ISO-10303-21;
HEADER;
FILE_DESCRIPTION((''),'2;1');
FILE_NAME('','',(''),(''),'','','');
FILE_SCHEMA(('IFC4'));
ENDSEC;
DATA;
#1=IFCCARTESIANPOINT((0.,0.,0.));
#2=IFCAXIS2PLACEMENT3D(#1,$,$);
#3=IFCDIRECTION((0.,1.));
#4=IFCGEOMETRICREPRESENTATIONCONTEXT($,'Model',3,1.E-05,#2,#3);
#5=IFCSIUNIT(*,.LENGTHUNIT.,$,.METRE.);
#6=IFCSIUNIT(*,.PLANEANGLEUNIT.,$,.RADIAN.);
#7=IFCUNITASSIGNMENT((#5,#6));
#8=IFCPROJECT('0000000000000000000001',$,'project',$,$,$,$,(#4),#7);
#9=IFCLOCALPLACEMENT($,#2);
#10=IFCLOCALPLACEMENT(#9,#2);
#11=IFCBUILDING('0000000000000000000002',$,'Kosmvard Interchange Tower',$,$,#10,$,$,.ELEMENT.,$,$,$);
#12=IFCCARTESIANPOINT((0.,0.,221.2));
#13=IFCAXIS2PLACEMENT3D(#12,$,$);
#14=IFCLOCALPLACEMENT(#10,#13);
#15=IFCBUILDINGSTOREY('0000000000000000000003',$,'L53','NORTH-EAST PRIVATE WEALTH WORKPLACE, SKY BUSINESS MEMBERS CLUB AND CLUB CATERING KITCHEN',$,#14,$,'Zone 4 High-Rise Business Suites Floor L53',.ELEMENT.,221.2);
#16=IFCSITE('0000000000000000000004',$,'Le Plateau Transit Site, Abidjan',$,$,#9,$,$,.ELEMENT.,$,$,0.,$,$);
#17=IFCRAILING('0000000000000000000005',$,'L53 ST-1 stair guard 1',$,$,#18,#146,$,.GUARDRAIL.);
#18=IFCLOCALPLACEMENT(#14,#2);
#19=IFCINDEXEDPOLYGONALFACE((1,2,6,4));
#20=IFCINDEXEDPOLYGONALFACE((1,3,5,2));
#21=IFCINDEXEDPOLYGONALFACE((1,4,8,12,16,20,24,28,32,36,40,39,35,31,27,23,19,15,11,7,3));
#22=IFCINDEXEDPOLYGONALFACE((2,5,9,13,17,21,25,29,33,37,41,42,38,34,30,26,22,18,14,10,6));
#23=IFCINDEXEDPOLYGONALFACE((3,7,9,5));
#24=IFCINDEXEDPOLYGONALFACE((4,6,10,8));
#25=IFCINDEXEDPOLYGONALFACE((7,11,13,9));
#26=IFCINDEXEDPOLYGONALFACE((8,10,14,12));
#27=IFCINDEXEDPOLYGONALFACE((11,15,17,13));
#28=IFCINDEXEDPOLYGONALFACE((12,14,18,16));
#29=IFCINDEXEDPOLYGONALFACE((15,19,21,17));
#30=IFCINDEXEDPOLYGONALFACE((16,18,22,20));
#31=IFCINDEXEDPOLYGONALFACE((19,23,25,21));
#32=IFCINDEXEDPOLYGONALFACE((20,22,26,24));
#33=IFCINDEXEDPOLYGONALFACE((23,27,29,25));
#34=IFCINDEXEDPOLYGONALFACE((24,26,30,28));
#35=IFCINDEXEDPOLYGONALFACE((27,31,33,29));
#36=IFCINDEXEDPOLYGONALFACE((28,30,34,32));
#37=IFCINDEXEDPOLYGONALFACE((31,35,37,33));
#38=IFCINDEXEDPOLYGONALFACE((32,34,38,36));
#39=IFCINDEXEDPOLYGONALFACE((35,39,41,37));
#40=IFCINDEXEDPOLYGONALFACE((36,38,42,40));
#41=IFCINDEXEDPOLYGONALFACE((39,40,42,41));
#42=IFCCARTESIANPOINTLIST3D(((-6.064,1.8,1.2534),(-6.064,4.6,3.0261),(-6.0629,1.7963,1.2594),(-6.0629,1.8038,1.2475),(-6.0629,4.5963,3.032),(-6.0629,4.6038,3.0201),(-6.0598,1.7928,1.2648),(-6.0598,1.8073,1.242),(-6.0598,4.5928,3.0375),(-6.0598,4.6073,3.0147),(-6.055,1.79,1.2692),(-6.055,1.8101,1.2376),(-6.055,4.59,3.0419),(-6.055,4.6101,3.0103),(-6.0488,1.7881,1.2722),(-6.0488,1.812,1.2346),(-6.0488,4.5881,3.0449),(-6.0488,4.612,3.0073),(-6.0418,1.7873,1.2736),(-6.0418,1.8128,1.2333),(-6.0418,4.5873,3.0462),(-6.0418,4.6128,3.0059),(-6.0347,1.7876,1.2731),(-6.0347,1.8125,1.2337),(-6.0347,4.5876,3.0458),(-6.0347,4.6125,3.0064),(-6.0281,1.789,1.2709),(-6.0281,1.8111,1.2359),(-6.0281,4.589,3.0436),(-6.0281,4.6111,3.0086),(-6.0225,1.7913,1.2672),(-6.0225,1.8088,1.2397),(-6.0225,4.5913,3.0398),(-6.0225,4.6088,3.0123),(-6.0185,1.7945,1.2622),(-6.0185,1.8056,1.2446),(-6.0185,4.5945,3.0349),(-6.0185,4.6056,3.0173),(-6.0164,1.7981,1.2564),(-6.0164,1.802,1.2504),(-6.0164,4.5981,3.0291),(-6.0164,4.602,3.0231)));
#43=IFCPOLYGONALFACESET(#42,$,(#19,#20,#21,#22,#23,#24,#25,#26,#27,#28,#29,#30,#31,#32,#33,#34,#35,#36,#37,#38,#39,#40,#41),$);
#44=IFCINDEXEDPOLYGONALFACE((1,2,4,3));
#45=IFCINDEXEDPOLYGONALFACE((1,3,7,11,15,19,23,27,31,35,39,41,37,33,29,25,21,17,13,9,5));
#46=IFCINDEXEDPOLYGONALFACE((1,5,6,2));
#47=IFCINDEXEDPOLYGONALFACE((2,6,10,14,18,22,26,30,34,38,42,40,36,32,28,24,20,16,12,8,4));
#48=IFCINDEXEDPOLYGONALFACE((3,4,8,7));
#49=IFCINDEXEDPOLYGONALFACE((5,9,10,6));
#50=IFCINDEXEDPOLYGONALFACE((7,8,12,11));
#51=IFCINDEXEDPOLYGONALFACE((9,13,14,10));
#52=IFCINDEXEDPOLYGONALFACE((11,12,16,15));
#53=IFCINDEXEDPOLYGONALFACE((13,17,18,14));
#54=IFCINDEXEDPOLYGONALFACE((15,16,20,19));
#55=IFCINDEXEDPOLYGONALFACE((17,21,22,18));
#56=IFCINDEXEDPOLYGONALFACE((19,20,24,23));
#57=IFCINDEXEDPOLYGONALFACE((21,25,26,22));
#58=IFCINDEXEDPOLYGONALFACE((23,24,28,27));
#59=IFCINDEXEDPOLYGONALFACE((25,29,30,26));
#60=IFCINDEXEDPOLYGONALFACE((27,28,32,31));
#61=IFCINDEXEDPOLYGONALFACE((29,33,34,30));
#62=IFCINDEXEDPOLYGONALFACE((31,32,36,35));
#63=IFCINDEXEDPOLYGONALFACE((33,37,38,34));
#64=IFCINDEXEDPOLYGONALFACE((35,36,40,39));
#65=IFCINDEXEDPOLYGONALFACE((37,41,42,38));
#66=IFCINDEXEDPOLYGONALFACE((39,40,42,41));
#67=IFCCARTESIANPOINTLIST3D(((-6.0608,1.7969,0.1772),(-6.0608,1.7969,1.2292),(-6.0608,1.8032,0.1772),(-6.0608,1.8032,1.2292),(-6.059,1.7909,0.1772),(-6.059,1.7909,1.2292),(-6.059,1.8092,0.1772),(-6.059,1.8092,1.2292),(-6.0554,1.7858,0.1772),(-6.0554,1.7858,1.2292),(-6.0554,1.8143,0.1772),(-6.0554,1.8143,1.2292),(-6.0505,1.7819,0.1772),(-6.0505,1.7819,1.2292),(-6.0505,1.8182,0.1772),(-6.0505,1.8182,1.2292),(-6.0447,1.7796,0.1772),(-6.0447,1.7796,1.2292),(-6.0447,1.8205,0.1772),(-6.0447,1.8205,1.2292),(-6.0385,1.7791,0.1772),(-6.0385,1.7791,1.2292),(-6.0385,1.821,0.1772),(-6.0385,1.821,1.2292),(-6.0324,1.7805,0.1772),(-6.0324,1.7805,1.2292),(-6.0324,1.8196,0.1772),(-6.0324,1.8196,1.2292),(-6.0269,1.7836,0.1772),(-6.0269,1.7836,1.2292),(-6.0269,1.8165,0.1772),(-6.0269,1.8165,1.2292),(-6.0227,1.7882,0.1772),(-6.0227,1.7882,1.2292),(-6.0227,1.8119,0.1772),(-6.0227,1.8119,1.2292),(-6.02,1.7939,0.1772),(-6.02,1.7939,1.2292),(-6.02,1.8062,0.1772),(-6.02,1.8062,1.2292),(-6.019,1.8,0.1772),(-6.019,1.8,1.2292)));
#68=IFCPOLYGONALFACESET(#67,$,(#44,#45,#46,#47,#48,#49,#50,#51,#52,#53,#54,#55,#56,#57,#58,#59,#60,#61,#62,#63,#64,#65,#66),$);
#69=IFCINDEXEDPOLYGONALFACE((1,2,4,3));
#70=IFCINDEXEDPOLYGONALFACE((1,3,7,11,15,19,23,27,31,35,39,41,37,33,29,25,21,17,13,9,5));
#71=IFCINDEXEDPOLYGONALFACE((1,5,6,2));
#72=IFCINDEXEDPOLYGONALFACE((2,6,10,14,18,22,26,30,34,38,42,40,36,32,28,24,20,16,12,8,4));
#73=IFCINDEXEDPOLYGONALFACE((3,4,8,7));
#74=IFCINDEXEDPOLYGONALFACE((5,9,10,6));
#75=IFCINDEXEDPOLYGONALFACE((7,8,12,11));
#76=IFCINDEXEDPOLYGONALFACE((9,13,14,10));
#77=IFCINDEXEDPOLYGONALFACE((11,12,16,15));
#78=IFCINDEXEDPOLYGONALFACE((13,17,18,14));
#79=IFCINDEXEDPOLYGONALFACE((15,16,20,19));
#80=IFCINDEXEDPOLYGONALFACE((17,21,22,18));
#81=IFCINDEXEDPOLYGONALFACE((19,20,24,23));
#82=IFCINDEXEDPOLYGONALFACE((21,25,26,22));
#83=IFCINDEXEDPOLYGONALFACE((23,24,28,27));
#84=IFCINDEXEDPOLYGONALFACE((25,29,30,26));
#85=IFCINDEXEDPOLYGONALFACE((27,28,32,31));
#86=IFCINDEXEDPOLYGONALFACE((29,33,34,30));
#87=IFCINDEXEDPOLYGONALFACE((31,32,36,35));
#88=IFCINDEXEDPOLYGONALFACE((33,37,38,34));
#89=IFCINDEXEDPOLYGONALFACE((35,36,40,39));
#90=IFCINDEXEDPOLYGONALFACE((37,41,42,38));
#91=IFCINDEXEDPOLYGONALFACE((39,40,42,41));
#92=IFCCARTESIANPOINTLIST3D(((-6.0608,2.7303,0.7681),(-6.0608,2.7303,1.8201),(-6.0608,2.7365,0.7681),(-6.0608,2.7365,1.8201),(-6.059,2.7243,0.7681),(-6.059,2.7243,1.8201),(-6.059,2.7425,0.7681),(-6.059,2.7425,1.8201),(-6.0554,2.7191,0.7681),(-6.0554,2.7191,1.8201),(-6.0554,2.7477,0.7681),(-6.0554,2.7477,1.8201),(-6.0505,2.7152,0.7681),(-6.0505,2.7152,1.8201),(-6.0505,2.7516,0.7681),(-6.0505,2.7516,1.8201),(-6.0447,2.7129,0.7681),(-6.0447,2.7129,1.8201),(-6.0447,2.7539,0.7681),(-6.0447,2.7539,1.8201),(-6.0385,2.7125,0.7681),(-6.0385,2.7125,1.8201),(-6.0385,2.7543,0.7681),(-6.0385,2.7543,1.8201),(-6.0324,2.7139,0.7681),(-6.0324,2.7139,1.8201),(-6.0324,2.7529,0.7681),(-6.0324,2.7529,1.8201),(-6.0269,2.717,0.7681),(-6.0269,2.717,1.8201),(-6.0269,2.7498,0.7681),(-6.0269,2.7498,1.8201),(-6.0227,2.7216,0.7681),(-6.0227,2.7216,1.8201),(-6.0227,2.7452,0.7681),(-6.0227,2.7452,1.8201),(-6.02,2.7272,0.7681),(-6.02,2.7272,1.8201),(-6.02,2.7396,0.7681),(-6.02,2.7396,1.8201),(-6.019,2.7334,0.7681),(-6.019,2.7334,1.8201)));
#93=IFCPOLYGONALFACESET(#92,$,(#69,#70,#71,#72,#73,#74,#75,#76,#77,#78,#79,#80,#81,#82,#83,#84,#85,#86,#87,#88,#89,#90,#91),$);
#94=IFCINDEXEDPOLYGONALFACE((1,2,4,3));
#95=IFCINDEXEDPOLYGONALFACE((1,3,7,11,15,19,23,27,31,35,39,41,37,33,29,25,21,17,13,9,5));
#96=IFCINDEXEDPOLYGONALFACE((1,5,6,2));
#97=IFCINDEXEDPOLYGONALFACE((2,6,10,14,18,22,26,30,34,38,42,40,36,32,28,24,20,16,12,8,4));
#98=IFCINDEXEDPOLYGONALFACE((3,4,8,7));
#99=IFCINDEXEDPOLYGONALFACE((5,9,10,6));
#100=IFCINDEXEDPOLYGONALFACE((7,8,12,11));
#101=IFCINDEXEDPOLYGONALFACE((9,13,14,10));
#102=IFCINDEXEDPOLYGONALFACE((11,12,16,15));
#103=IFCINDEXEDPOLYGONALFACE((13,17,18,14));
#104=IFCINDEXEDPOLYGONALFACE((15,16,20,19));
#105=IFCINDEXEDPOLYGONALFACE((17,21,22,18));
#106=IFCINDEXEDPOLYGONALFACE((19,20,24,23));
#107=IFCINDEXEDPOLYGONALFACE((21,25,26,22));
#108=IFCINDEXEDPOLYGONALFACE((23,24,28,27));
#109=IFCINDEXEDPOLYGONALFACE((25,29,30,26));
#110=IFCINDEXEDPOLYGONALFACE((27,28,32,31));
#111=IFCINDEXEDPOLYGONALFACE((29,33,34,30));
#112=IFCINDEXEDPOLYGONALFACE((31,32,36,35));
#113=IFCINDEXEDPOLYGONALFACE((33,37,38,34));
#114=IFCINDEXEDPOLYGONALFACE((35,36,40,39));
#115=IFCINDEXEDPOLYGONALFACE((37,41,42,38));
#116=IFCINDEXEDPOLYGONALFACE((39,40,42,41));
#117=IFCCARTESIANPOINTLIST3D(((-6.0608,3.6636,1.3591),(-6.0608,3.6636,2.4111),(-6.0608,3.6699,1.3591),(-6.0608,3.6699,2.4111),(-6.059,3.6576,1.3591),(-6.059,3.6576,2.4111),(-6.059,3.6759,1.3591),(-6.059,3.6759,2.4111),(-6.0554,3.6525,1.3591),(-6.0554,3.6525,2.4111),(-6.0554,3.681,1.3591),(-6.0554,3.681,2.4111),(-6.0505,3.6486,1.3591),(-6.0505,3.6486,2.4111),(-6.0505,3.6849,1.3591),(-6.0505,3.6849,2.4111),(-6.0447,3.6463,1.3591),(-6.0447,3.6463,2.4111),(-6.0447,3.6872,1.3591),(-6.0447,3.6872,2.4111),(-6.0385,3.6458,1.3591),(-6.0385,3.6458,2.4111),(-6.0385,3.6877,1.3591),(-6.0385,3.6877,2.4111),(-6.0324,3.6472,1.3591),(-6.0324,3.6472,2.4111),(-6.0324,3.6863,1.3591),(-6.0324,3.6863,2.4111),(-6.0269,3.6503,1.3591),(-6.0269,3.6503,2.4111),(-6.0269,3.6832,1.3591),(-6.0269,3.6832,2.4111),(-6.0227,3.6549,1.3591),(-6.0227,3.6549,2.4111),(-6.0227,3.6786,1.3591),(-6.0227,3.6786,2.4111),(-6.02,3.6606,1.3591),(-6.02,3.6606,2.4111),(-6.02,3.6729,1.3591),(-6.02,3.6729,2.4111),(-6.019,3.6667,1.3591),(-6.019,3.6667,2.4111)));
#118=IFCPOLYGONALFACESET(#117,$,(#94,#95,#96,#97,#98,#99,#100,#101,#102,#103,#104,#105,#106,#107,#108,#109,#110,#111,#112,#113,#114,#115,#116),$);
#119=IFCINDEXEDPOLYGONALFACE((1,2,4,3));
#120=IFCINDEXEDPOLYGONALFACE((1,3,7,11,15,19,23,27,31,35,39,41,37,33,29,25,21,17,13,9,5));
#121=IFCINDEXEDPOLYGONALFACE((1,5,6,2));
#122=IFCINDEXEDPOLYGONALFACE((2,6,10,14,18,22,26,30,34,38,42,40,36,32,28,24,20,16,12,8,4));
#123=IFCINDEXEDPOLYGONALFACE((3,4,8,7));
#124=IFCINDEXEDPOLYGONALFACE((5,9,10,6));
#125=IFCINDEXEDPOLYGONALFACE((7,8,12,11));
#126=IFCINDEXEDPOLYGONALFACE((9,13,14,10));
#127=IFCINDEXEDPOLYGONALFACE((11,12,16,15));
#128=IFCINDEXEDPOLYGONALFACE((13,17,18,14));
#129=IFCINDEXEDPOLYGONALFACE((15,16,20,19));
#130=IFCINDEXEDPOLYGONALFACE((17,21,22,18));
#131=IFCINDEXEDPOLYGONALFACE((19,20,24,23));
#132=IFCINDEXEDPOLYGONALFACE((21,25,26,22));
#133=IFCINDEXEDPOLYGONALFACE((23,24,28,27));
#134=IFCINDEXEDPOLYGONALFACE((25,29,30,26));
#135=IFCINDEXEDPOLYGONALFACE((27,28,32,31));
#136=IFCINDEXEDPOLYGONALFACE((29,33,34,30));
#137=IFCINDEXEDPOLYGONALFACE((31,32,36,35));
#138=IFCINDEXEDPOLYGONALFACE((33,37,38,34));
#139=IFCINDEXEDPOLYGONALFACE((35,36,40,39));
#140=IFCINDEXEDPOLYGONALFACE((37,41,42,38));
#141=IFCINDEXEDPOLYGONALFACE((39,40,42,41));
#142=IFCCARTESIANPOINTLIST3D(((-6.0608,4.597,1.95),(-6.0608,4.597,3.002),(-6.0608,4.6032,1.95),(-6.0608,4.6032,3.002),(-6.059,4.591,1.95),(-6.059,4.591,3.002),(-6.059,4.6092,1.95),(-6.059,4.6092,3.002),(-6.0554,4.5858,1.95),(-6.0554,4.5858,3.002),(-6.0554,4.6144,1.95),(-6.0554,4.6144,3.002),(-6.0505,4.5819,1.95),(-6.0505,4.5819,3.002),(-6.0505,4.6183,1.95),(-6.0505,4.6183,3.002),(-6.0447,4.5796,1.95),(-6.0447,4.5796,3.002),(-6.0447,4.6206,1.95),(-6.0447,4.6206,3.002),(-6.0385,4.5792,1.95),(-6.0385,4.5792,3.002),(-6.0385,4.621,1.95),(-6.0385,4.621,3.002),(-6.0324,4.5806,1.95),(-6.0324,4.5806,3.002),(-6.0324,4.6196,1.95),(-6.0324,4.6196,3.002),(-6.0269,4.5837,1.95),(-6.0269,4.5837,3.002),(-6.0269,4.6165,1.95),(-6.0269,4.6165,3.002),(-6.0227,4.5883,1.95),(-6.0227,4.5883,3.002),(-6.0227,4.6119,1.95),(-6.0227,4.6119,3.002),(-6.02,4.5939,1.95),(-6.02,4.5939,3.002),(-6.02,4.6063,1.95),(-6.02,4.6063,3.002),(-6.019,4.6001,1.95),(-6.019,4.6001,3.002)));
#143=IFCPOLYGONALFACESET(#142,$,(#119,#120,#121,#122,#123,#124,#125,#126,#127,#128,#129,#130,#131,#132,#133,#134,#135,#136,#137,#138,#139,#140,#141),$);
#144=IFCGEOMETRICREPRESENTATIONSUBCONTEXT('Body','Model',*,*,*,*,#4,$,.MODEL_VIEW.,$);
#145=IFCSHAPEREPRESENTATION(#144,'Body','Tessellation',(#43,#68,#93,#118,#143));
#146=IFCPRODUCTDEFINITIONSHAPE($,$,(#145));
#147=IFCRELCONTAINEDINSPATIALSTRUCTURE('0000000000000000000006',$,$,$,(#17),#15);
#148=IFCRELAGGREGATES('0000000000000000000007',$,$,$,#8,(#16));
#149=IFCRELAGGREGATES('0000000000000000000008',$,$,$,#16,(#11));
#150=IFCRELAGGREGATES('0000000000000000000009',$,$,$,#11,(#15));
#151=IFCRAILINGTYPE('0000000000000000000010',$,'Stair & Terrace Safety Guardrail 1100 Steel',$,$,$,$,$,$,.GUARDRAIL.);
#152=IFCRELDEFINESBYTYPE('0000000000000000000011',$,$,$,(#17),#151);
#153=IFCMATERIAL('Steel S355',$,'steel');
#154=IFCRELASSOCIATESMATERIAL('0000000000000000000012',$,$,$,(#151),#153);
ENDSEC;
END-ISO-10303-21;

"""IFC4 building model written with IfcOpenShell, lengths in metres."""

from ifc_helpers import new_model, si_unit, direction, frame, origin, origin_2d, place, context, subcontext, project, spatial, circle, extrude, source, transform, mapped, material, type_object, element, save


model = new_model("IFC4")

# Units and contexts
model_context = context("Model", 3, precision=1e-05, world=origin(), true_north=direction((0.0, 1.0)))
body_context = subcontext(model_context, "Body", "Model", "MODEL_VIEW")
ifc_project = project(units=[si_unit("LENGTHUNIT", "METRE"), si_unit("PLANEANGLEUNIT", "RADIAN")], contexts=[model_context])

# Site, building, storey
site_placement = place(None, origin())
site = spatial("IfcSite", under=ifc_project, at=site_placement, Name="Le Plateau Transit Site, Abidjan", CompositionType="ELEMENT", RefElevation=0.0)
building_placement = place(site_placement, origin())
building = spatial("IfcBuilding", under=site, at=building_placement, Name="Kosmvard Interchange Tower", CompositionType="ELEMENT")
storey_placement = place(building_placement, frame((0.0, 0.0, 221.2)))
storey = spatial("IfcBuildingStorey", under=building, at=storey_placement, Name="L53", Description="NORTH-EAST PRIVATE WEALTH WORKPLACE, SKY BUSINESS MEMBERS CLUB AND CLUB CATERING KITCHEN", LongName="Zone 4 High-Rise Business Suites Floor L53", CompositionType="ELEMENT", Elevation=221.2)

# Shared definitions
ifc_material_1 = material(Name="Steel S355", Category="steel")

# Railing
railing_type_1 = type_object("IfcRailingType", Name="Stair & Terrace Safety Guardrail 1100 Steel", PredefinedType="GUARDRAIL", material=ifc_material_1)
shared_shape_1 = source(origin(), body_context, "Body", "SweptSolid", [
    extrude(circle(Radius=0.0239, at=origin_2d()), frame((0.0, 0.0, 1.0762), z_axis=(0.0, 0.844909, 0.53491), x_axis=(-1.0, 0.0, 0.0)), (0.0, 0.0, 1.0), 3.314),
    extrude(circle(Radius=0.021, at=origin_2d()), origin(), (0.0, 0.0, 1.0), 1.052),
    extrude(circle(Radius=0.021, at=origin_2d()), frame((0.0, 0.9333, 0.5908)), (0.0, 0.0, 1.0), 1.052),
    extrude(circle(Radius=0.021, at=origin_2d()), frame((0.0, 1.8667, 1.1819)), (0.0, 0.0, 1.0), 1.052),
    extrude(circle(Radius=0.021, at=origin_2d()), frame((0.0, 2.8, 1.7727)), (0.0, 0.0, 1.0), 1.052),
])
railing_1_placement = place(storey_placement, frame((-6.04, 1.8, 0.1772)))
element("IfcRailing", 1, at=railing_1_placement, inside=storey, type_object=railing_type_1, Name="L53 ST-1 stair guard 1", PredefinedType="GUARDRAIL", context=body_context, shape_type="MappedRepresentation", body=[
    mapped(shared_shape_1, transform((0.0, 0.0, 0.0), scale=1.0)),
])

save(model, "model.ifc")
